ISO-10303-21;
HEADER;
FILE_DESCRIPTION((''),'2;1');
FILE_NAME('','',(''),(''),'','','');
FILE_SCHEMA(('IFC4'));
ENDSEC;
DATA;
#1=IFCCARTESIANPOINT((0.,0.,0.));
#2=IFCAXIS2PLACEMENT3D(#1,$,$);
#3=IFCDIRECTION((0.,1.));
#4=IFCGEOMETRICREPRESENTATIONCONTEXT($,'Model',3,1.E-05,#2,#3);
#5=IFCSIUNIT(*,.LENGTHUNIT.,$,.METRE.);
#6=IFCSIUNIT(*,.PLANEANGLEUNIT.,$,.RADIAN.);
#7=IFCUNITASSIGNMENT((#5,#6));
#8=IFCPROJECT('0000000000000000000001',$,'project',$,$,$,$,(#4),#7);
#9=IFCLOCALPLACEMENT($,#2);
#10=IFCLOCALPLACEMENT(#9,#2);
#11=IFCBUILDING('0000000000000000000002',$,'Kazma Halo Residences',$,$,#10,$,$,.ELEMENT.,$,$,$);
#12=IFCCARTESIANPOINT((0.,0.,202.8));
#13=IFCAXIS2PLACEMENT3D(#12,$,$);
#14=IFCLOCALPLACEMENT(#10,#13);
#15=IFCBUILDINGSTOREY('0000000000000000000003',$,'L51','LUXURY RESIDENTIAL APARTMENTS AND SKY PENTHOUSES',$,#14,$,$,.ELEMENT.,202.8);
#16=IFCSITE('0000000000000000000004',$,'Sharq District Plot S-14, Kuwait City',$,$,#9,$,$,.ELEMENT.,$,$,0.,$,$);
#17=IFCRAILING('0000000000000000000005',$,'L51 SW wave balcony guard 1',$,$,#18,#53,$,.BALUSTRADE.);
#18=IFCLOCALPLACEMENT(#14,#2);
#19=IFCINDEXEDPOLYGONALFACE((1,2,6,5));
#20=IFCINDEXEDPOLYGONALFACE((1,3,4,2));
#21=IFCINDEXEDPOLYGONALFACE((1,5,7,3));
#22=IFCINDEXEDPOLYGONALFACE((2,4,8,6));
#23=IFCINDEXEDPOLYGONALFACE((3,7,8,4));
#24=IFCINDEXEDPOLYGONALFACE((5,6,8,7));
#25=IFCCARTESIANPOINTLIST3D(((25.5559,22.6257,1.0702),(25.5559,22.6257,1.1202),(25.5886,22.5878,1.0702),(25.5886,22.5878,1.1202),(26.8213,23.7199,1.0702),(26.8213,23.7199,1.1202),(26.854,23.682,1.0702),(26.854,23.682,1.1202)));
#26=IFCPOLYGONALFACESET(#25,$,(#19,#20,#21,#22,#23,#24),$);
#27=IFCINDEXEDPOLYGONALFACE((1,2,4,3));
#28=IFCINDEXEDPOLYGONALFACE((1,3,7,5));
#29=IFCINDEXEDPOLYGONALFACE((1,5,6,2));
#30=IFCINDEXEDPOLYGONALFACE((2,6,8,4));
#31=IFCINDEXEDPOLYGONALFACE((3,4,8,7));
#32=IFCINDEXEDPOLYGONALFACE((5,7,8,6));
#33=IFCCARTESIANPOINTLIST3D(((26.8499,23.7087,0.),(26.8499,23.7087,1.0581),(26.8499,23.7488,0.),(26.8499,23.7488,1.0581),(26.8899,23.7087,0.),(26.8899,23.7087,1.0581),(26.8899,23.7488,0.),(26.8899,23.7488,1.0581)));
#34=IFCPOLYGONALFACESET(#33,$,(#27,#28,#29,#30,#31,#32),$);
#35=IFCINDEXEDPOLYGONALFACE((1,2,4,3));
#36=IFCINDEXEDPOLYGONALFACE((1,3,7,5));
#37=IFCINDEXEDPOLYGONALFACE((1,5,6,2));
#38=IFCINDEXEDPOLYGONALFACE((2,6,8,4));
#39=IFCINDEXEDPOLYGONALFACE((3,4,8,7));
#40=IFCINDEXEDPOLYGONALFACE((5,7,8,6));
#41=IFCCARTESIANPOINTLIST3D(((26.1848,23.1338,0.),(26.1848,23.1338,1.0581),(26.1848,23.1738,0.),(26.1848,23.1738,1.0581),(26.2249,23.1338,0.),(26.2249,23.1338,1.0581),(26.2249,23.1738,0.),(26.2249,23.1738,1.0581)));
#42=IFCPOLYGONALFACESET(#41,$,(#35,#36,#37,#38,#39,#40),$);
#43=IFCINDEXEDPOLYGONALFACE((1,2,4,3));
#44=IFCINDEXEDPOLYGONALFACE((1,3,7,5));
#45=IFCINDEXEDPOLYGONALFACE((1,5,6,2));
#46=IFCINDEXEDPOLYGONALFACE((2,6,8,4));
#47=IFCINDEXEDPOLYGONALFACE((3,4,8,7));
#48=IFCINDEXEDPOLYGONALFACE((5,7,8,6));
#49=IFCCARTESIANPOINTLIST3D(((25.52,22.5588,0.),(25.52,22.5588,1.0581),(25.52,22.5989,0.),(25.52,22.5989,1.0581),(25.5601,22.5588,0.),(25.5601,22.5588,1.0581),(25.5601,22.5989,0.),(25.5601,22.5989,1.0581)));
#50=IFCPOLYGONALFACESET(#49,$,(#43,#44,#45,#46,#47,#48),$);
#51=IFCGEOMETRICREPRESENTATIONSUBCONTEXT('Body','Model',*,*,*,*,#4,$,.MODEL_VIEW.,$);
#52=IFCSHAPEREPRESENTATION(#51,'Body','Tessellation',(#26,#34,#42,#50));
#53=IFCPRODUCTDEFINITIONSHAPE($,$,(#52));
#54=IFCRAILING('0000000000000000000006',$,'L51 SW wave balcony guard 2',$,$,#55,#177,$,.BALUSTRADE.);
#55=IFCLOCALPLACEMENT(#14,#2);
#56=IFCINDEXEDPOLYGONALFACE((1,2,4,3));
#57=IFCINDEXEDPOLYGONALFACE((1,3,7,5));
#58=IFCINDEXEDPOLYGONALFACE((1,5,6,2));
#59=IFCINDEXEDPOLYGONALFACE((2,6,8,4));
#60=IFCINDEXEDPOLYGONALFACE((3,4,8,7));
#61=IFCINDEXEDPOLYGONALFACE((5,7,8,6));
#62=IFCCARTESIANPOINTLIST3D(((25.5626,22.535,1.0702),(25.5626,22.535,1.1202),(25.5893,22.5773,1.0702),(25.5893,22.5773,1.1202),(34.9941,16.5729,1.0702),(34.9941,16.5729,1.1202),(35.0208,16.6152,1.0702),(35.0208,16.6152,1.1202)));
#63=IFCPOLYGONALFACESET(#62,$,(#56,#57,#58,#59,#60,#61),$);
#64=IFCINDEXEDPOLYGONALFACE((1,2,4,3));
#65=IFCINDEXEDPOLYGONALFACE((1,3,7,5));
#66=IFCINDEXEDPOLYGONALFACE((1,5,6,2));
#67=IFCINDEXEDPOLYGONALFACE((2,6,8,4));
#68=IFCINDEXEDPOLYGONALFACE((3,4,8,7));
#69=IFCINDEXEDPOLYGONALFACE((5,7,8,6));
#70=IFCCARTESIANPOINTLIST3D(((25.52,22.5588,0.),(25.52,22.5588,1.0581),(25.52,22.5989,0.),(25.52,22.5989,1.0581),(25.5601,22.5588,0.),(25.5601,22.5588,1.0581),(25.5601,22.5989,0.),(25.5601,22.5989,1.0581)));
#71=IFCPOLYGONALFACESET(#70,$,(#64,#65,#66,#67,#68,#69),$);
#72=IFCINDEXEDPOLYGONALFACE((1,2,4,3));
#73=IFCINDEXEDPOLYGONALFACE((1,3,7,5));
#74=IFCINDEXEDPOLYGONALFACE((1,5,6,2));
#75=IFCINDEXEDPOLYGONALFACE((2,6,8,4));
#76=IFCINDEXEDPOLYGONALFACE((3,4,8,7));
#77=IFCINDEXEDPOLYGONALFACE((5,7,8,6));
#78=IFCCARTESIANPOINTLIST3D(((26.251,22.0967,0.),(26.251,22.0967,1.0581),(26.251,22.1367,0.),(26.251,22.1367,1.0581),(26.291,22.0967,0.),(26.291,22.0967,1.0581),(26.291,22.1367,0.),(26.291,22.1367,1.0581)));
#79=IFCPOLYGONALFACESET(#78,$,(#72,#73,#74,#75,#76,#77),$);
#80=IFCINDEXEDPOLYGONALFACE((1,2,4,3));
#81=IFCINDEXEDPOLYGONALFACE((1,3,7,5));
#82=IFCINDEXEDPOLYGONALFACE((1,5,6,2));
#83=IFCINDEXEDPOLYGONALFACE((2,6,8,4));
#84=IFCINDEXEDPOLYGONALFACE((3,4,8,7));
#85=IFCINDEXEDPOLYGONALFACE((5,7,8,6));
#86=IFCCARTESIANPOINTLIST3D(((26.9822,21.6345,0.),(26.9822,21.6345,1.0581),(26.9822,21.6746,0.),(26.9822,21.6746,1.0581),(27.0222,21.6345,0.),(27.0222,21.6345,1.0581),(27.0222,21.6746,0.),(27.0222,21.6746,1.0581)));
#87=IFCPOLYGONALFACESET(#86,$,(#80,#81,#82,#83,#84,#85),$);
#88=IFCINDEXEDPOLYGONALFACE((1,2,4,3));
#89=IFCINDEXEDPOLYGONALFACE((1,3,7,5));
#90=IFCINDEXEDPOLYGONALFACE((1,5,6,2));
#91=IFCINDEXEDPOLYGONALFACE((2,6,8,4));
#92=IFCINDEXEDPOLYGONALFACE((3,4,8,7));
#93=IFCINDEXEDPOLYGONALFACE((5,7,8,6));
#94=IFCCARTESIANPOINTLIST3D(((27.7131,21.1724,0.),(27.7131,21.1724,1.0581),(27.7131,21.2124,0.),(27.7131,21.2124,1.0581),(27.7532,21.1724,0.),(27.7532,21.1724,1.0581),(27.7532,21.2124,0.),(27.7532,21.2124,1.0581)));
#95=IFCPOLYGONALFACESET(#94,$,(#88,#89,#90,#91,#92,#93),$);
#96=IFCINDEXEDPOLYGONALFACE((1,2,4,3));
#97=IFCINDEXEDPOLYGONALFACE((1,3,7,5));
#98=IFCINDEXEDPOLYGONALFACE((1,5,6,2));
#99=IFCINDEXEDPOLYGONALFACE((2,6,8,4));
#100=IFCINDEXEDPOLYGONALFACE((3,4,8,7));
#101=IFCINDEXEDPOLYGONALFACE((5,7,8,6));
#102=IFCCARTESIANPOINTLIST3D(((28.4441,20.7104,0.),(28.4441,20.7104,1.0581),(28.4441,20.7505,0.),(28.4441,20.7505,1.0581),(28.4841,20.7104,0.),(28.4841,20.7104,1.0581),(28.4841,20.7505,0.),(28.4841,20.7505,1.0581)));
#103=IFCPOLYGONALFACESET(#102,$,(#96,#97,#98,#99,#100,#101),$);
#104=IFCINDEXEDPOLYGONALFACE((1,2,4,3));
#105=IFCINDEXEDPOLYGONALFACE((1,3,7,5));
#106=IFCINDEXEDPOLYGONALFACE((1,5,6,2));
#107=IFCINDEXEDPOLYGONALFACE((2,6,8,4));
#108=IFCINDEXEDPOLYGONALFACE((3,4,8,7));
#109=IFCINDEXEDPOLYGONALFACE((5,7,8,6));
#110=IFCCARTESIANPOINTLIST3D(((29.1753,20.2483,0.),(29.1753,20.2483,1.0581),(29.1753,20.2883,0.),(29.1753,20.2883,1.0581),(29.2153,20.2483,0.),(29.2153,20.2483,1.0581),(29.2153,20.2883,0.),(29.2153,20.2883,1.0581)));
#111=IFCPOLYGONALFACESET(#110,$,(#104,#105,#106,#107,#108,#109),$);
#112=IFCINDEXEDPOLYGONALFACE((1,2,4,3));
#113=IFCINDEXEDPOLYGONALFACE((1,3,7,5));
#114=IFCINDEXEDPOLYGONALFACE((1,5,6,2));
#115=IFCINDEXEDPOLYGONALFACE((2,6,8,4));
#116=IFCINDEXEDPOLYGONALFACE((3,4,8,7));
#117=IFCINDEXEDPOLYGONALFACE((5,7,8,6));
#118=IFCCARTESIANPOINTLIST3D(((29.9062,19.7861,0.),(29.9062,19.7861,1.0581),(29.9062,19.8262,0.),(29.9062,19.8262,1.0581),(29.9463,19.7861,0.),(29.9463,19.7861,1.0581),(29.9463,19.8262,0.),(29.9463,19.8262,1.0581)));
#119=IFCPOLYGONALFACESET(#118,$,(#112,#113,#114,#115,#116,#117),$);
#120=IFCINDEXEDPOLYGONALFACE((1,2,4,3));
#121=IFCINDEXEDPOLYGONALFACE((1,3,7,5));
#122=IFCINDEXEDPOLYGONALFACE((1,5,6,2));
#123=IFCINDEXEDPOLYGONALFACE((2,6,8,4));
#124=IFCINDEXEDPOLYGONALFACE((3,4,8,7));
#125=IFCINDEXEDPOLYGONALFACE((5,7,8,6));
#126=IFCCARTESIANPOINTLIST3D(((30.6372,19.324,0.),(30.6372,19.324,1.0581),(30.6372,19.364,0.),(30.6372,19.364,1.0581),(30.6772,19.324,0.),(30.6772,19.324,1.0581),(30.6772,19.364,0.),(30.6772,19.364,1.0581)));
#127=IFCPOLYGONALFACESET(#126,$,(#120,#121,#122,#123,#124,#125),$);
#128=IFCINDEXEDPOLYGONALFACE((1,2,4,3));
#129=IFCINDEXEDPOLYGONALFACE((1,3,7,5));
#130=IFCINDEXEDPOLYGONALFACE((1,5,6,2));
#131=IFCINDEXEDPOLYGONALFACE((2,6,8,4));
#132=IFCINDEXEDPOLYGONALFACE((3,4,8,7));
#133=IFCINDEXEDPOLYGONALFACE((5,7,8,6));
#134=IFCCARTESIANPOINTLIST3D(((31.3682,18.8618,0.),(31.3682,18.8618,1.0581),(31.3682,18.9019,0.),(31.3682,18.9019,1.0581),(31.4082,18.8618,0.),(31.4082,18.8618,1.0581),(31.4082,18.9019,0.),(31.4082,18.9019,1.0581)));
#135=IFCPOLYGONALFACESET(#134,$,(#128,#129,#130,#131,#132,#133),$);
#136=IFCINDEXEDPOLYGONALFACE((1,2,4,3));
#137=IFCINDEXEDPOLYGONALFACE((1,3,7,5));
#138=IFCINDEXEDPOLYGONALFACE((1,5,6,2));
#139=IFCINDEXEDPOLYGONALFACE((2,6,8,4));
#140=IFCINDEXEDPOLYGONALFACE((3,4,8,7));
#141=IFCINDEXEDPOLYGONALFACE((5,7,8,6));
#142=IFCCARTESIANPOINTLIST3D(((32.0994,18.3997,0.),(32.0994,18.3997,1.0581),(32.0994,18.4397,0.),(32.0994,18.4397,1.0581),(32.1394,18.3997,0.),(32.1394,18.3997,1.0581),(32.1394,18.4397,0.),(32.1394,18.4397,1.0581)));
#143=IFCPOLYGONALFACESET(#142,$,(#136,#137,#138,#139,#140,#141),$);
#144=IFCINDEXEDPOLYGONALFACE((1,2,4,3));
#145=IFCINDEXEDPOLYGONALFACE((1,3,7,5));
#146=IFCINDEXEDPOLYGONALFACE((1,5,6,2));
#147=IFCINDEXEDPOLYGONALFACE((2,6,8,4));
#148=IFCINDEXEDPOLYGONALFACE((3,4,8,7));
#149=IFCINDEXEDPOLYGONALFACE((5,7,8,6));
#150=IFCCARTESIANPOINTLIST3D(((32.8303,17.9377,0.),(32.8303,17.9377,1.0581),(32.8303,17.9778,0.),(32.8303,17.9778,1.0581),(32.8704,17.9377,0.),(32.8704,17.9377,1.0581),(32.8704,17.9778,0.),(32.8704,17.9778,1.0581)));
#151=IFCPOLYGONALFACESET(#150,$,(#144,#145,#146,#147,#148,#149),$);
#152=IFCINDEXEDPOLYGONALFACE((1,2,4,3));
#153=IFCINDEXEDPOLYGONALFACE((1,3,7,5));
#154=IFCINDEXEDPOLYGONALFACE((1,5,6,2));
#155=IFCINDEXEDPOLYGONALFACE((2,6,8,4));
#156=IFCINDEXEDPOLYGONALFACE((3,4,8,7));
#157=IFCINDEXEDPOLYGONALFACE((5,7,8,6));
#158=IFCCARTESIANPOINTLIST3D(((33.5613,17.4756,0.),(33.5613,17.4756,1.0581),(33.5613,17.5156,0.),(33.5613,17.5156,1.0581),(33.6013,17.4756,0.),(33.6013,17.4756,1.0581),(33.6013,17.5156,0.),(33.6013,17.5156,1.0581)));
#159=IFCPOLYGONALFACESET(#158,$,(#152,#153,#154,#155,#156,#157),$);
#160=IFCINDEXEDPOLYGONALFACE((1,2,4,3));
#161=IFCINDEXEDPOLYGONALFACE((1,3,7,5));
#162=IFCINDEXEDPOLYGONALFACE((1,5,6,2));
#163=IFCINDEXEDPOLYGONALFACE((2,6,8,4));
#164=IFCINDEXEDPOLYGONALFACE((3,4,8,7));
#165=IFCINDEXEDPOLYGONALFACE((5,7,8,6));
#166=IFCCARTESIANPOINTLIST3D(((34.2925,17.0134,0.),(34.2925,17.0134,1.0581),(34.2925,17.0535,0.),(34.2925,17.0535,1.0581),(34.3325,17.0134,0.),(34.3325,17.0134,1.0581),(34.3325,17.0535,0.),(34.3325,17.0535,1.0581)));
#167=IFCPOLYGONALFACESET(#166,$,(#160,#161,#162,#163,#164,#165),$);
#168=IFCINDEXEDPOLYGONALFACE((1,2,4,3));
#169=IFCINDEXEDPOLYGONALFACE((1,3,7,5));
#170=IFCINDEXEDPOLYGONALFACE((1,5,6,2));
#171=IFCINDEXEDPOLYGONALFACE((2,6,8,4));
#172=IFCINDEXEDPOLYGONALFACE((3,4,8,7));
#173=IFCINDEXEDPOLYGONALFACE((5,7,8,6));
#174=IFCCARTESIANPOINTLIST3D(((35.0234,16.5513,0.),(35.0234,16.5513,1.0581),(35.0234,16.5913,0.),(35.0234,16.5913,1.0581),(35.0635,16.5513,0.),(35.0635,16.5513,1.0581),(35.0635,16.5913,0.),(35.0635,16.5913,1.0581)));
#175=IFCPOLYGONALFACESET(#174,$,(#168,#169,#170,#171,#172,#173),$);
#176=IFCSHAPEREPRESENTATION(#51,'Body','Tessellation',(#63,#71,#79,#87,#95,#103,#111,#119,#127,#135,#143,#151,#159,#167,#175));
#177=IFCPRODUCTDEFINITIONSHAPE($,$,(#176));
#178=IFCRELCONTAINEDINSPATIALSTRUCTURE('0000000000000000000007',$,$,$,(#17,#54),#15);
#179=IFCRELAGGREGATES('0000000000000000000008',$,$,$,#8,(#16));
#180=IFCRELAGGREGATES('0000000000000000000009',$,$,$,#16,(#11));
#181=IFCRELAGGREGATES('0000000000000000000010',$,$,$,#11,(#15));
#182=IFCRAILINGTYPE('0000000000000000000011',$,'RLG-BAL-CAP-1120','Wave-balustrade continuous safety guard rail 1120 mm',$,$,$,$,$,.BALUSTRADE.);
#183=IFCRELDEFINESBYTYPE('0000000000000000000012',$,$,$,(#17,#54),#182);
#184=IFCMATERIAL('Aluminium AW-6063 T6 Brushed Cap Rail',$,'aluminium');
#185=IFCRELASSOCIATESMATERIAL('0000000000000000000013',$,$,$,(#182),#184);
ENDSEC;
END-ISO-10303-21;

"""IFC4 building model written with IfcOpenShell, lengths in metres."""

from ifc_helpers import new_model, si_unit, direction, frame, origin, origin_2d, place, context, subcontext, project, spatial, rectangle, extrude, material, type_object, element, save


model = new_model("IFC4")

# Units and contexts
model_context = context("Model", 3, precision=1e-05, world=origin(), true_north=direction((0.0, 1.0)))
body_context = subcontext(model_context, "Body", "Model", "MODEL_VIEW")
ifc_project = project(units=[si_unit("LENGTHUNIT", "METRE"), si_unit("PLANEANGLEUNIT", "RADIAN")], contexts=[model_context])

# Site, building, storey
site_placement = place(None, origin())
site = spatial("IfcSite", under=ifc_project, at=site_placement, Name="Sharq District Plot S-14, Kuwait City", CompositionType="ELEMENT", RefElevation=0.0)
building_placement = place(site_placement, origin())
building = spatial("IfcBuilding", under=site, at=building_placement, Name="Kazma Halo Residences", CompositionType="ELEMENT")
storey_placement = place(building_placement, frame((0.0, 0.0, 202.8)))
storey = spatial("IfcBuildingStorey", under=building, at=storey_placement, Name="L51", Description="LUXURY RESIDENTIAL APARTMENTS AND SKY PENTHOUSES", CompositionType="ELEMENT", Elevation=202.8)

# Railings
ifc_material_1 = material(Name="Aluminium AW-6063 T6 Brushed Cap Rail", Category="aluminium")
railing_type = type_object("IfcRailingType", Name="RLG-BAL-CAP-1120", Description="Wave-balustrade continuous safety guard rail 1120 mm", PredefinedType="BALUSTRADE", material=ifc_material_1)
railing_1_placement = place(storey_placement, frame((26.8699, 23.7288, 0.0)))
element("IfcRailing", 1, at=railing_1_placement, inside=storey, type_object=railing_type, Name="L51 SW wave balcony guard 1", PredefinedType="BALUSTRADE", context=body_context, shape_type="SweptSolid", body=[
    extrude(rectangle(XDim=0.05, YDim=0.05, at=origin_2d()), frame((-0.0322, -0.0278, 1.0952), z_axis=(-0.756426, -0.654079, 0.0), x_axis=(0.654079, -0.756426, 0.0)), (0.0, 0.0, 1.0), 1.6729),
    extrude(rectangle(XDim=0.04, YDim=0.04, at=origin_2d()), origin(), (0.0, 0.0, 1.0), 1.0581),
    extrude(rectangle(XDim=0.04, YDim=0.04, at=origin_2d()), frame((-0.665, -0.575, 0.0)), (0.0, 0.0, 1.0), 1.0581),
    extrude(rectangle(XDim=0.04, YDim=0.04, at=origin_2d()), frame((-1.3298, -1.1499, 0.0)), (0.0, 0.0, 1.0), 1.0581),
])
railing_2_placement = place(storey_placement, frame((25.54, 22.5789, 0.0)))
element("IfcRailing", 2, at=railing_2_placement, inside=storey, type_object=railing_type, Name="L51 SW wave balcony guard 2", PredefinedType="BALUSTRADE", context=body_context, shape_type="SweptSolid", body=[
    extrude(rectangle(XDim=0.05, YDim=0.05, at=origin_2d()), frame((0.0359, -0.0227, 1.0952), z_axis=(0.845272, -0.534337, 0.0), x_axis=(0.534337, 0.845272, 0.0)), (0.0, 0.0, 1.0), 11.158),
    extrude(rectangle(XDim=0.04, YDim=0.04, at=origin_2d()), origin(), (0.0, 0.0, 1.0), 1.0581),
    extrude(rectangle(XDim=0.04, YDim=0.04, at=origin_2d()), frame((0.731, -0.4622, 0.0)), (0.0, 0.0, 1.0), 1.0581),
    extrude(rectangle(XDim=0.04, YDim=0.04, at=origin_2d()), frame((1.4622, -0.9243, 0.0)), (0.0, 0.0, 1.0), 1.0581),
    extrude(rectangle(XDim=0.04, YDim=0.04, at=origin_2d()), frame((2.1931, -1.3865, 0.0)), (0.0, 0.0, 1.0), 1.0581),
    extrude(rectangle(XDim=0.04, YDim=0.04, at=origin_2d()), frame((2.9241, -1.8484, 0.0)), (0.0, 0.0, 1.0), 1.0581),
    extrude(rectangle(XDim=0.04, YDim=0.04, at=origin_2d()), frame((3.6553, -2.3105, 0.0)), (0.0, 0.0, 1.0), 1.0581),
    extrude(rectangle(XDim=0.04, YDim=0.04, at=origin_2d()), frame((4.3862, -2.7727, 0.0)), (0.0, 0.0, 1.0), 1.0581),
    extrude(rectangle(XDim=0.04, YDim=0.04, at=origin_2d()), frame((5.1172, -3.2349, 0.0)), (0.0, 0.0, 1.0), 1.0581),
    extrude(rectangle(XDim=0.04, YDim=0.04, at=origin_2d()), frame((5.8481, -3.697, 0.0)), (0.0, 0.0, 1.0), 1.0581),
    extrude(rectangle(XDim=0.04, YDim=0.04, at=origin_2d()), frame((6.5793, -4.1592, 0.0)), (0.0, 0.0, 1.0), 1.0581),
    extrude(rectangle(XDim=0.04, YDim=0.04, at=origin_2d()), frame((7.3103, -4.6211, 0.0)), (0.0, 0.0, 1.0), 1.0581),
    extrude(rectangle(XDim=0.04, YDim=0.04, at=origin_2d()), frame((8.0413, -5.0833, 0.0)), (0.0, 0.0, 1.0), 1.0581),
    extrude(rectangle(XDim=0.04, YDim=0.04, at=origin_2d()), frame((8.7725, -5.5454, 0.0)), (0.0, 0.0, 1.0), 1.0581),
    extrude(rectangle(XDim=0.04, YDim=0.04, at=origin_2d()), frame((9.5034, -6.0076, 0.0)), (0.0, 0.0, 1.0), 1.0581),
])

save(model, "model.ifc")
